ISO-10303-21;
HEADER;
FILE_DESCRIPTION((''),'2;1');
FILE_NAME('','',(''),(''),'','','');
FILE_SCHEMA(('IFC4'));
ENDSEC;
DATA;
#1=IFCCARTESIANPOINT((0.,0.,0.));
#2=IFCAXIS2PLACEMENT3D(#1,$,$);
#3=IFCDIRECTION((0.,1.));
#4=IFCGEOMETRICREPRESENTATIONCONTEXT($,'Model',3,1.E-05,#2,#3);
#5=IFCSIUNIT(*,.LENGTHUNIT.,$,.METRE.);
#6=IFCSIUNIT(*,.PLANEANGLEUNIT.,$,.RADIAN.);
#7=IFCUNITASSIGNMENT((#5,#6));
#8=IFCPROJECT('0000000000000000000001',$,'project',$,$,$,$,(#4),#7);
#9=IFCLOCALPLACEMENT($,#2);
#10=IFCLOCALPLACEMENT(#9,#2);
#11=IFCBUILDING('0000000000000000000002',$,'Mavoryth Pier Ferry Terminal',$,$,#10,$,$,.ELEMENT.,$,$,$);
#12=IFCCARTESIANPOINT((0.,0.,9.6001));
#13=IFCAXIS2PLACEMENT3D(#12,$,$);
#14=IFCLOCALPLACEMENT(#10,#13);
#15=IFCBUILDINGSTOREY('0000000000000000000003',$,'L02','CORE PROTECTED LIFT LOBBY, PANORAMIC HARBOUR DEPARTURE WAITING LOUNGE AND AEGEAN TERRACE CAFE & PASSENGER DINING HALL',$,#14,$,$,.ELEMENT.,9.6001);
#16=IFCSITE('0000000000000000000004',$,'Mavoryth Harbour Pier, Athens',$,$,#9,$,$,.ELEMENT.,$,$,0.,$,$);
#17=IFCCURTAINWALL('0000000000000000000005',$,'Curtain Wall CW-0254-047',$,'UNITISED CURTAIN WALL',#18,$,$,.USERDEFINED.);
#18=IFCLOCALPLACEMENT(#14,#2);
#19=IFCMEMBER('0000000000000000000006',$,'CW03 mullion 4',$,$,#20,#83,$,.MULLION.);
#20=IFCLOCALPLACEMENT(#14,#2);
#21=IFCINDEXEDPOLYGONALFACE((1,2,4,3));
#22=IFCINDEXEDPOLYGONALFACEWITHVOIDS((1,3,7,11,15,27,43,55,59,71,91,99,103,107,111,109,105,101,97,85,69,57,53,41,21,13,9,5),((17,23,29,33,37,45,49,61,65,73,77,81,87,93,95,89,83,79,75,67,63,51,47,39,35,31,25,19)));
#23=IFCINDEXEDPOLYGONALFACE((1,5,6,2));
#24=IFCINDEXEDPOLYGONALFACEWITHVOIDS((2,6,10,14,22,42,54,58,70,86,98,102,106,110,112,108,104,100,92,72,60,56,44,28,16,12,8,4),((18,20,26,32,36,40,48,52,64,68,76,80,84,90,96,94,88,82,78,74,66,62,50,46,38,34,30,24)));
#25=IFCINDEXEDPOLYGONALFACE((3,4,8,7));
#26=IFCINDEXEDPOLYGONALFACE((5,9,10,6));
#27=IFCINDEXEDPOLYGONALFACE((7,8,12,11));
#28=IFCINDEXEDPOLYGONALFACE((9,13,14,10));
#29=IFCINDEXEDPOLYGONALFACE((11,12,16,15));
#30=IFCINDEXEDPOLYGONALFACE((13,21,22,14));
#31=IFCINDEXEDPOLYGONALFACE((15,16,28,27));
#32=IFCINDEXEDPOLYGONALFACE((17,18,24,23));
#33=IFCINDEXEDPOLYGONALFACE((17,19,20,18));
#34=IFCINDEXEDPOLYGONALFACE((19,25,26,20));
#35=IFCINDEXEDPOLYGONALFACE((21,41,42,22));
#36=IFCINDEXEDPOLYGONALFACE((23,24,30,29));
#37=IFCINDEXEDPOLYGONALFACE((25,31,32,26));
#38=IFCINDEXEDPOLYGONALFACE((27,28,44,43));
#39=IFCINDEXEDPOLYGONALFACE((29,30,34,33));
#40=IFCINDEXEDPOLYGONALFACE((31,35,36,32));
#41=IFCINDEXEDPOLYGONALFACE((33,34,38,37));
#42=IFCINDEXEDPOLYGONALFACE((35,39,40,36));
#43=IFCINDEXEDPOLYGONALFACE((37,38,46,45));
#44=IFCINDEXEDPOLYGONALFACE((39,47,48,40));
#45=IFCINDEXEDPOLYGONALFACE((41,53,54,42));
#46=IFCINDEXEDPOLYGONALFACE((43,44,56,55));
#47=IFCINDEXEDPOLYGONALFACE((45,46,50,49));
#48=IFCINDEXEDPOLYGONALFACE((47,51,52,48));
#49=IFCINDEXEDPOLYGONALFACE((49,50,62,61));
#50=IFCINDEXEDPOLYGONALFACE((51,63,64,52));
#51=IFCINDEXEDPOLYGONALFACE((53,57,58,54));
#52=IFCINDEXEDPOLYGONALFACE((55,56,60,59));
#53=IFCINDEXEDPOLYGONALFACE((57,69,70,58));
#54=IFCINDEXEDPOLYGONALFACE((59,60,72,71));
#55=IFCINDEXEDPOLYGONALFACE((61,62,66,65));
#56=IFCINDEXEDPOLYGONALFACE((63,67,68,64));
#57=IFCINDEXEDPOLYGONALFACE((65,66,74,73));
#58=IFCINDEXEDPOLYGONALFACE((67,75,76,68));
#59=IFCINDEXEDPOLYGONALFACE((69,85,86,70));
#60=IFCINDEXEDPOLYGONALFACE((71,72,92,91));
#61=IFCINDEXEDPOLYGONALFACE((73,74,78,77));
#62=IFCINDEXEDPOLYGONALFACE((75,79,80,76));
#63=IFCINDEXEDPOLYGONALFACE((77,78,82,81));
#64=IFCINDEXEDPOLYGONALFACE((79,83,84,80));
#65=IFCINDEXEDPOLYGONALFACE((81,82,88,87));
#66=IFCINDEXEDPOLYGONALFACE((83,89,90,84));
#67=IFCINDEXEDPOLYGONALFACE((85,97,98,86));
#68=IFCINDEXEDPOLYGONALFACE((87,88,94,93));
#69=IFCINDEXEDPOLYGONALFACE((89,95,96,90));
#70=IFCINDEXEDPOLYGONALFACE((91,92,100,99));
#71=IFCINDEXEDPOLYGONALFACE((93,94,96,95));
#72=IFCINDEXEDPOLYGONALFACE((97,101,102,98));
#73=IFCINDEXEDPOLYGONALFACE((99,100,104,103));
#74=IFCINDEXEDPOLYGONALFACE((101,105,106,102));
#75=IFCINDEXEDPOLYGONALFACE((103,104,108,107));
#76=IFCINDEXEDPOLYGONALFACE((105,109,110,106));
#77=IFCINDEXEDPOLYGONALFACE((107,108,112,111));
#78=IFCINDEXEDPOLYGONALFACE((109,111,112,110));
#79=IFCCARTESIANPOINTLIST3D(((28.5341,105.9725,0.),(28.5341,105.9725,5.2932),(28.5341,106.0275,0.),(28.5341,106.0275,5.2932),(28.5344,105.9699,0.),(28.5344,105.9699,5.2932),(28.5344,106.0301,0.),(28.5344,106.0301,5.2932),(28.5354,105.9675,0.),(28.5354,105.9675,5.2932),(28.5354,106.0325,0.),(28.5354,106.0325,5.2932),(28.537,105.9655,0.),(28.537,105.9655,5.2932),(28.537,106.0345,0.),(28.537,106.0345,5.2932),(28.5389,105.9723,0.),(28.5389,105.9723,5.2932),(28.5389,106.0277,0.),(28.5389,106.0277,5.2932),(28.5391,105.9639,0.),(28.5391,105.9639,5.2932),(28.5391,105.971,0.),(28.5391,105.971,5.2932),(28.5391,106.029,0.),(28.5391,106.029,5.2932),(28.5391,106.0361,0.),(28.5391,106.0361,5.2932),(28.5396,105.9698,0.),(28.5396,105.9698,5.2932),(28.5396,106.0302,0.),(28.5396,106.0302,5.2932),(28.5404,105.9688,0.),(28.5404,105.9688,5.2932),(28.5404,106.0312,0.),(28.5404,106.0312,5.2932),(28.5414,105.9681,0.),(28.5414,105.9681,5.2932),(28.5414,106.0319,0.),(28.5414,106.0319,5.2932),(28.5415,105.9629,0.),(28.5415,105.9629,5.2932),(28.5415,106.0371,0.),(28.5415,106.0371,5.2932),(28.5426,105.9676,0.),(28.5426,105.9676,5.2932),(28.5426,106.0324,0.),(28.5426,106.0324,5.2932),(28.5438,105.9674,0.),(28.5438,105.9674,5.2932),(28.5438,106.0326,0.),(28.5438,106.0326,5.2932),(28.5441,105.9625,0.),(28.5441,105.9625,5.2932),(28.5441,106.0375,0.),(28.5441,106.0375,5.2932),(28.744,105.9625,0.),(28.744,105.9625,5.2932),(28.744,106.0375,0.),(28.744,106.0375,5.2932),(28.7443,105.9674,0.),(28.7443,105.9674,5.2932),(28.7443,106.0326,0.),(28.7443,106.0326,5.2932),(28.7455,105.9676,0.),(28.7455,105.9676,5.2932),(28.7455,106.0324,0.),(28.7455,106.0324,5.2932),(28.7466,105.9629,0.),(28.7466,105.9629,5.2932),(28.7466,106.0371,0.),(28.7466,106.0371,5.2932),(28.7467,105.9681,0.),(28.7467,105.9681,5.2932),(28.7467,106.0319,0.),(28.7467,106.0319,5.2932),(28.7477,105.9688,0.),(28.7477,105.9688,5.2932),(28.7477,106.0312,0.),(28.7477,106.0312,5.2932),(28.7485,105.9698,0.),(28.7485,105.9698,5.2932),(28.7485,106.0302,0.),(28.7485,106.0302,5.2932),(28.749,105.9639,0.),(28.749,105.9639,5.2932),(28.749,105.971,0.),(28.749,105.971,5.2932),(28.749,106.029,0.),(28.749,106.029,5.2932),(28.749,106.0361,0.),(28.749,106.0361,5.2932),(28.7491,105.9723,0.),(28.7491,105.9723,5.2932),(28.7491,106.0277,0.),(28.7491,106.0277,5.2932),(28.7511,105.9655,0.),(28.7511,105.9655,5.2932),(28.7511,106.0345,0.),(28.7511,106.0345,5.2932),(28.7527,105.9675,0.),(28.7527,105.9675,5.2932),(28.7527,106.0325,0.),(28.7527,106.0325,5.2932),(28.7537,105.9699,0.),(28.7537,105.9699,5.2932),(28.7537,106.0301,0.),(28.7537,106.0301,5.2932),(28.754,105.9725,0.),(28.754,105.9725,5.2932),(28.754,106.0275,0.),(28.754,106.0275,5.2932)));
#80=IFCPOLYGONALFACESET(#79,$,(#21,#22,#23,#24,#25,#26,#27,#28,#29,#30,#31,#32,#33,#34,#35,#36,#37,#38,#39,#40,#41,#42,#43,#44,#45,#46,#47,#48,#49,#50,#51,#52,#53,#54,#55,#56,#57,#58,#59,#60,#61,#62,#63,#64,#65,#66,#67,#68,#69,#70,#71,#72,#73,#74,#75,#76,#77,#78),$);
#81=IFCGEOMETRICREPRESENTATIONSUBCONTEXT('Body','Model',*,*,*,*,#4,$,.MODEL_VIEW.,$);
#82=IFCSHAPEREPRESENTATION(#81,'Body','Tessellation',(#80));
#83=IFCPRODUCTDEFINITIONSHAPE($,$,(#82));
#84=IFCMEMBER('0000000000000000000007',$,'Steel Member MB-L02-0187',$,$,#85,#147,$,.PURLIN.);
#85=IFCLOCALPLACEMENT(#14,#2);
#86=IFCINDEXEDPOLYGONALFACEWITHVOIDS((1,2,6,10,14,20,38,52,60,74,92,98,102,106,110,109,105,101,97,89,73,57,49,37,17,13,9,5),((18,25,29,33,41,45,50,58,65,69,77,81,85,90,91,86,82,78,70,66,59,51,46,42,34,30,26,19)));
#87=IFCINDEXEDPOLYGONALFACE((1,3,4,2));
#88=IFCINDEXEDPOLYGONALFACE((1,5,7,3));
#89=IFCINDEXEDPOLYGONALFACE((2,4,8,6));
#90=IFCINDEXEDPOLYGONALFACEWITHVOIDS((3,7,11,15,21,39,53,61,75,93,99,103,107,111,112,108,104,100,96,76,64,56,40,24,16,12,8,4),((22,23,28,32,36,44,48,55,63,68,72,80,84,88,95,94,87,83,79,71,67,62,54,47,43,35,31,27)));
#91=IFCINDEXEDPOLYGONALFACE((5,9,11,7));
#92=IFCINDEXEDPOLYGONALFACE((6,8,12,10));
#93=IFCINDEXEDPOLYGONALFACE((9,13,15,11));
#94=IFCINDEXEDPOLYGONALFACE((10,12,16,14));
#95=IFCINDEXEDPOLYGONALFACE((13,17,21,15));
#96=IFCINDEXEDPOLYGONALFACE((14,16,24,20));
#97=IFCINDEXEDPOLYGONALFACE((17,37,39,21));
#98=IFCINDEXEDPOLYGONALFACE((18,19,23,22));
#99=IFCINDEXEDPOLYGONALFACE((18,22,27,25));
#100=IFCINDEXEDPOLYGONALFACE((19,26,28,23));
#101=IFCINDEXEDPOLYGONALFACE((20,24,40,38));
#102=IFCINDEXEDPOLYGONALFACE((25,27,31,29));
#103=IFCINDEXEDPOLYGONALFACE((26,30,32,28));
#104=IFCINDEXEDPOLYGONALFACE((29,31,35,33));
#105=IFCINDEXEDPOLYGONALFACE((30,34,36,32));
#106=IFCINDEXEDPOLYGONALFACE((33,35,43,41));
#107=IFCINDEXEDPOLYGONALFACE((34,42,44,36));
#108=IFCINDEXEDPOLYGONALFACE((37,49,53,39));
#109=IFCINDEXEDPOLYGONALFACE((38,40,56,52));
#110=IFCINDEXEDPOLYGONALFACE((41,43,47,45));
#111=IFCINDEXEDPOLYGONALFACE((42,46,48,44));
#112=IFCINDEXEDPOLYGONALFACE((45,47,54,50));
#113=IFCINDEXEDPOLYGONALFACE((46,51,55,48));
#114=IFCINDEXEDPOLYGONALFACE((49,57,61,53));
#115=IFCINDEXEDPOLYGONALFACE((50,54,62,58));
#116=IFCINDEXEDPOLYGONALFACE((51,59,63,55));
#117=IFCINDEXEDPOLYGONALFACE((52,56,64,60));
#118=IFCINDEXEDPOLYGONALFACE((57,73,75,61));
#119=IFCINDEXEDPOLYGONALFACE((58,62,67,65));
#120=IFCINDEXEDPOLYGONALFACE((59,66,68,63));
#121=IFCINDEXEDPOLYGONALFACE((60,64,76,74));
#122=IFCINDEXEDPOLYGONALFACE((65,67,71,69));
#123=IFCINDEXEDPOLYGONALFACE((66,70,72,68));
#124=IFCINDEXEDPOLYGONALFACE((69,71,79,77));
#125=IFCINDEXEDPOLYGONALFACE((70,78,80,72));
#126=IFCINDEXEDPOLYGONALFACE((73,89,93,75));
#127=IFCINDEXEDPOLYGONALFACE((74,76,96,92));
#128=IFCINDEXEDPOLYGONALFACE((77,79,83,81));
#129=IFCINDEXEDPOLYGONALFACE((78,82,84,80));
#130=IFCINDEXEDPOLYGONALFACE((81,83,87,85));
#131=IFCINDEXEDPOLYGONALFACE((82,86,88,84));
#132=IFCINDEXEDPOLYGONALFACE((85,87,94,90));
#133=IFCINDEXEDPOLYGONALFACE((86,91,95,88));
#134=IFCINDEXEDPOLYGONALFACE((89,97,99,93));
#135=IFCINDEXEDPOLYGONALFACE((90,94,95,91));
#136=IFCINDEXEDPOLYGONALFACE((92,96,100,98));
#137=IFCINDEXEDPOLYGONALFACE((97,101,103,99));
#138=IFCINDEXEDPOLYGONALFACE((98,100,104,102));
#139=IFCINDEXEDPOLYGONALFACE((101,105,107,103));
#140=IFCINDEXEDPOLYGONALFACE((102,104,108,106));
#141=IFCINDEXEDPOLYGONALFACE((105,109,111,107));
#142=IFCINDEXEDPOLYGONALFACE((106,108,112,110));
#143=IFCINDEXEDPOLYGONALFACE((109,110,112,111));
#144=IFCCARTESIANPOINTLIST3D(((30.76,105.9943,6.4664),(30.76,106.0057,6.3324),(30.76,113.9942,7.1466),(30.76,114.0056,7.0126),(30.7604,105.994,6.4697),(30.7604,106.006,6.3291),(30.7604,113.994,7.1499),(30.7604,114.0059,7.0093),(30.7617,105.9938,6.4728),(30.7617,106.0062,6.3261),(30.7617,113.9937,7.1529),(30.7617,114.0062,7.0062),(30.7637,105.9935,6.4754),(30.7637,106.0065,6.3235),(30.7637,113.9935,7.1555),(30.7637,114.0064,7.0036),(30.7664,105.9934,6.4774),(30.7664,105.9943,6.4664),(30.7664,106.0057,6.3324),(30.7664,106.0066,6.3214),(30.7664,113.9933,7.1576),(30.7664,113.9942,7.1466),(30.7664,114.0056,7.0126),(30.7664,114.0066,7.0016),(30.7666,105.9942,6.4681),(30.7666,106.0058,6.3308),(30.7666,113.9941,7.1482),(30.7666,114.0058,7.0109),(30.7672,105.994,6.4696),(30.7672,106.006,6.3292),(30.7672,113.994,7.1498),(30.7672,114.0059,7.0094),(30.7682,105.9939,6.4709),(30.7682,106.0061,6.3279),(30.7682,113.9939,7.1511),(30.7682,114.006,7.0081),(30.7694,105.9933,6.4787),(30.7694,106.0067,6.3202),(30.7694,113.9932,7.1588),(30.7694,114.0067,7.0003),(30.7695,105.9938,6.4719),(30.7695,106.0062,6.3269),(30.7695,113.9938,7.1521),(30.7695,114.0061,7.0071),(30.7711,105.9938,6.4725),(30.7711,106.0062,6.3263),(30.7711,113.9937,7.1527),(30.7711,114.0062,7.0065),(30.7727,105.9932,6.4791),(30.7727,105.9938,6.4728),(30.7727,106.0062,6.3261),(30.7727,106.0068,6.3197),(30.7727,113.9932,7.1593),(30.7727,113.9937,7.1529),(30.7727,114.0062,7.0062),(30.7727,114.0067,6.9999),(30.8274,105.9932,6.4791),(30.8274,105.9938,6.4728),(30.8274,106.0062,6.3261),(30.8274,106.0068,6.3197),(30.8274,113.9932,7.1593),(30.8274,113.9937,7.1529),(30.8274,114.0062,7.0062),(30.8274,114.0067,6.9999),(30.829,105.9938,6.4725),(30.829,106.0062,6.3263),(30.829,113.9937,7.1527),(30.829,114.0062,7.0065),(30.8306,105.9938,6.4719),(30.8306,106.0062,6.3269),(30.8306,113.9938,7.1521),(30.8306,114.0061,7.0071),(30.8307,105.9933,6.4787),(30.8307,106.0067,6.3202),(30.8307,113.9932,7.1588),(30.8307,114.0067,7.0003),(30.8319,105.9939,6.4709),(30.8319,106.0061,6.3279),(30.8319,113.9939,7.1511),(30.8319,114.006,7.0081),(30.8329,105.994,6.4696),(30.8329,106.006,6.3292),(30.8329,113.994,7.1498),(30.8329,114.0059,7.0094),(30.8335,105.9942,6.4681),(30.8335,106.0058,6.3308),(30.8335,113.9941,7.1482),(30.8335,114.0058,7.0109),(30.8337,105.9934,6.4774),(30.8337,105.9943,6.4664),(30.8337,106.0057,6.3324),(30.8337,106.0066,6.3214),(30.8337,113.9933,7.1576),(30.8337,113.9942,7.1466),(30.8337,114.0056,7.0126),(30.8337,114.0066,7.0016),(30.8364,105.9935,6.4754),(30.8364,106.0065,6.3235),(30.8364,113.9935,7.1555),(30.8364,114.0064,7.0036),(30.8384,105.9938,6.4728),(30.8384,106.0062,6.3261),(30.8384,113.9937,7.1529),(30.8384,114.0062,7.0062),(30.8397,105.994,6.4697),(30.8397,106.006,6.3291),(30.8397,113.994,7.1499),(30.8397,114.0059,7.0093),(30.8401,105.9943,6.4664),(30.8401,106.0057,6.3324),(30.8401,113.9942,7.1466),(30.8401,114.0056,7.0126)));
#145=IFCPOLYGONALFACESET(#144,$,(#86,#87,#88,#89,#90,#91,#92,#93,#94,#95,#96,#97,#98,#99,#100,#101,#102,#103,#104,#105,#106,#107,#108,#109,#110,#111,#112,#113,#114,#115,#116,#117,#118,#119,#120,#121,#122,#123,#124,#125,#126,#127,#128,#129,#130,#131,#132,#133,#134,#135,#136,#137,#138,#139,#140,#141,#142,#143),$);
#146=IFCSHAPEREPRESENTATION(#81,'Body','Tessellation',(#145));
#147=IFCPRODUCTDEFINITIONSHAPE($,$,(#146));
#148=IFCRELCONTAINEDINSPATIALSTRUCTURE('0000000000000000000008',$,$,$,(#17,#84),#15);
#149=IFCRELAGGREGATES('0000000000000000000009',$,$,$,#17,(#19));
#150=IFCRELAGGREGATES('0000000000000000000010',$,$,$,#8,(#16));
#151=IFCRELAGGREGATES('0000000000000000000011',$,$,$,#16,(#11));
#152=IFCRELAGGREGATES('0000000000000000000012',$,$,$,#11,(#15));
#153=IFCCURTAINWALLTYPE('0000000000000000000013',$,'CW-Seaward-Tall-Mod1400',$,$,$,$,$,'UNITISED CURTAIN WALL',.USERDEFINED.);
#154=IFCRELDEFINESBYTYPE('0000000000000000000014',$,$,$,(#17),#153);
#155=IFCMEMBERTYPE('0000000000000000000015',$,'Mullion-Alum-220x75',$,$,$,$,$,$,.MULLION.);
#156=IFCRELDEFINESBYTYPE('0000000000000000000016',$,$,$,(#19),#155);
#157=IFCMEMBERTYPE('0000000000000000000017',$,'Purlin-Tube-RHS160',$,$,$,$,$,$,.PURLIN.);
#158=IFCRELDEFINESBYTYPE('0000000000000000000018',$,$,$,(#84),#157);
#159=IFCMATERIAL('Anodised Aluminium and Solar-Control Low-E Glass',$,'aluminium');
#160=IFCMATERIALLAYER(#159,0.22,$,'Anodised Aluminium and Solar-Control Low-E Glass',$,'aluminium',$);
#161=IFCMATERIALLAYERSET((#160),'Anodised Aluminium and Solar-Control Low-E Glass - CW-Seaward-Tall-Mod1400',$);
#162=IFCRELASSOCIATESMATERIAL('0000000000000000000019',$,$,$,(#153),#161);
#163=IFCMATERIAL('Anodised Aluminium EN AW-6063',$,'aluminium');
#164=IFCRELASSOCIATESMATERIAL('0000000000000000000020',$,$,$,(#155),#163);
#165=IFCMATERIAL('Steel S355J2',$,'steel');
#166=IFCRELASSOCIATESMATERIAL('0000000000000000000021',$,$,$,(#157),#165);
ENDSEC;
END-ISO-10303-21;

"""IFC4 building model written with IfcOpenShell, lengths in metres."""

from ifc_helpers import new_model, si_unit, direction, frame, origin, origin_2d, place, context, subcontext, project, spatial, hollow_rectangle, extrude, material, layer, layer_set, material_profile, profile_set, type_object, element, aggregate, save


model = new_model("IFC4")

# Units and contexts
model_context = context("Model", 3, precision=1e-05, world=origin(), true_north=direction((0.0, 1.0)))
body_context = subcontext(model_context, "Body", "Model", "MODEL_VIEW")
ifc_project = project(units=[si_unit("LENGTHUNIT", "METRE"), si_unit("PLANEANGLEUNIT", "RADIAN")], contexts=[model_context])

# Site, building, storey
site_placement = place(None, origin())
site = spatial("IfcSite", under=ifc_project, at=site_placement, Name="Mavoryth Harbour Pier, Athens", CompositionType="ELEMENT", RefElevation=0.0)
building_placement = place(site_placement, origin())
building = spatial("IfcBuilding", under=site, at=building_placement, Name="Mavoryth Pier Ferry Terminal", CompositionType="ELEMENT")
storey_placement = place(building_placement, frame((0.0, 0.0, 9.6001)))
storey = spatial("IfcBuildingStorey", under=building, at=storey_placement, Name="L02", Description="CORE PROTECTED LIFT LOBBY, PANORAMIC HARBOUR DEPARTURE WAITING LOUNGE AND AEGEAN TERRACE CAFE & PASSENGER DINING HALL", CompositionType="ELEMENT", Elevation=9.6001)

# Shared definitions
ifc_material_1 = material(Name="Steel S355J2", Category="steel")

# Curtain wall, member
ifc_material_2 = material(Name="Anodised Aluminium and Solar-Control Low-E Glass", Category="aluminium")
ifc_layer_1 = layer(ifc_material_2, 0.22, Name="Anodised Aluminium and Solar-Control Low-E Glass", Category="aluminium")
ifc_layer_set_1 = layer_set([ifc_layer_1], Name="Anodised Aluminium and Solar-Control Low-E Glass - CW-Seaward-Tall-Mod1400")
curtain_wall_type = type_object("IfcCurtainWallType", Name="CW-Seaward-Tall-Mod1400", ElementType="UNITISED CURTAIN WALL", PredefinedType="USERDEFINED", material=ifc_layer_set_1)
curtain_wall_placement = place(storey_placement, origin())
curtain_wall = element("IfcCurtainWall", 1, at=curtain_wall_placement, inside=storey, type_object=curtain_wall_type, Name="Curtain Wall CW-0254-047", ObjectType="UNITISED CURTAIN WALL", PredefinedType="USERDEFINED")
ifc_material_3 = material(Name="Anodised Aluminium EN AW-6063", Category="aluminium")
ifc_material_profile_1 = material_profile(ifc_material_3, hollow_rectangle(XDim=0.075, YDim=0.22, WallThickness=0.0049, InnerFilletRadius=0.0049, OuterFilletRadius=0.01, at=origin_2d()), Name="AL-MULL 220x75x5", Category="aluminium")
ifc_profile_set_1 = profile_set([ifc_material_profile_1], Name="Anodised Aluminium EN AW-6063 - AL-MULL 220x75x5")
member_type_1 = type_object("IfcMemberType", Name="Mullion-Alum-220x75", PredefinedType="MULLION", material=ifc_profile_set_1)
member_1_placement = place(storey_placement, frame((28.644, 106.0, 0.0), z_axis=(0.0, 0.0, 1.0), x_axis=(0.0, -1.0, 0.0)))
member_1 = element("IfcMember", 2, at=member_1_placement, type_object=member_type_1, Name="CW03 mullion 4", PredefinedType="MULLION", context=body_context, shape_type="SweptSolid", body=[
    extrude(hollow_rectangle(XDim=0.075, YDim=0.22, WallThickness=0.0049, InnerFilletRadius=0.0049, OuterFilletRadius=0.01, at=origin_2d()), origin(), (0.0, 0.0, 1.0), 5.2932),
])

# Member
ifc_material_profile_2 = material_profile(ifc_material_1, hollow_rectangle(XDim=0.0801, YDim=0.1599, WallThickness=0.0063, InnerFilletRadius=0.0063, OuterFilletRadius=0.0127, at=origin_2d()), Name="RHS 160x80x6.3", Category="steel")
ifc_profile_set_2 = profile_set([ifc_material_profile_2], Name="Steel S355J2 - RHS 160x80x6.3")
member_type_2 = type_object("IfcMemberType", Name="Purlin-Tube-RHS160", PredefinedType="PURLIN", material=ifc_profile_set_2)
member_2_placement = place(storey_placement, frame((30.8, 106.0, 6.3994), z_axis=(0.0, 0.996405, 0.084716), x_axis=(-1.0, 0.0, 0.0)))
element("IfcMember", 3, at=member_2_placement, inside=storey, type_object=member_type_2, Name="Steel Member MB-L02-0187", PredefinedType="PURLIN", context=body_context, shape_type="SweptSolid", body=[
    extrude(hollow_rectangle(XDim=0.0801, YDim=0.1599, WallThickness=0.0063, InnerFilletRadius=0.0063, OuterFilletRadius=0.0127, at=origin_2d()), origin(), (0.0, 0.0, 1.0), 8.0288),
])

aggregate(curtain_wall, [member_1])

save(model, "model.ifc")
